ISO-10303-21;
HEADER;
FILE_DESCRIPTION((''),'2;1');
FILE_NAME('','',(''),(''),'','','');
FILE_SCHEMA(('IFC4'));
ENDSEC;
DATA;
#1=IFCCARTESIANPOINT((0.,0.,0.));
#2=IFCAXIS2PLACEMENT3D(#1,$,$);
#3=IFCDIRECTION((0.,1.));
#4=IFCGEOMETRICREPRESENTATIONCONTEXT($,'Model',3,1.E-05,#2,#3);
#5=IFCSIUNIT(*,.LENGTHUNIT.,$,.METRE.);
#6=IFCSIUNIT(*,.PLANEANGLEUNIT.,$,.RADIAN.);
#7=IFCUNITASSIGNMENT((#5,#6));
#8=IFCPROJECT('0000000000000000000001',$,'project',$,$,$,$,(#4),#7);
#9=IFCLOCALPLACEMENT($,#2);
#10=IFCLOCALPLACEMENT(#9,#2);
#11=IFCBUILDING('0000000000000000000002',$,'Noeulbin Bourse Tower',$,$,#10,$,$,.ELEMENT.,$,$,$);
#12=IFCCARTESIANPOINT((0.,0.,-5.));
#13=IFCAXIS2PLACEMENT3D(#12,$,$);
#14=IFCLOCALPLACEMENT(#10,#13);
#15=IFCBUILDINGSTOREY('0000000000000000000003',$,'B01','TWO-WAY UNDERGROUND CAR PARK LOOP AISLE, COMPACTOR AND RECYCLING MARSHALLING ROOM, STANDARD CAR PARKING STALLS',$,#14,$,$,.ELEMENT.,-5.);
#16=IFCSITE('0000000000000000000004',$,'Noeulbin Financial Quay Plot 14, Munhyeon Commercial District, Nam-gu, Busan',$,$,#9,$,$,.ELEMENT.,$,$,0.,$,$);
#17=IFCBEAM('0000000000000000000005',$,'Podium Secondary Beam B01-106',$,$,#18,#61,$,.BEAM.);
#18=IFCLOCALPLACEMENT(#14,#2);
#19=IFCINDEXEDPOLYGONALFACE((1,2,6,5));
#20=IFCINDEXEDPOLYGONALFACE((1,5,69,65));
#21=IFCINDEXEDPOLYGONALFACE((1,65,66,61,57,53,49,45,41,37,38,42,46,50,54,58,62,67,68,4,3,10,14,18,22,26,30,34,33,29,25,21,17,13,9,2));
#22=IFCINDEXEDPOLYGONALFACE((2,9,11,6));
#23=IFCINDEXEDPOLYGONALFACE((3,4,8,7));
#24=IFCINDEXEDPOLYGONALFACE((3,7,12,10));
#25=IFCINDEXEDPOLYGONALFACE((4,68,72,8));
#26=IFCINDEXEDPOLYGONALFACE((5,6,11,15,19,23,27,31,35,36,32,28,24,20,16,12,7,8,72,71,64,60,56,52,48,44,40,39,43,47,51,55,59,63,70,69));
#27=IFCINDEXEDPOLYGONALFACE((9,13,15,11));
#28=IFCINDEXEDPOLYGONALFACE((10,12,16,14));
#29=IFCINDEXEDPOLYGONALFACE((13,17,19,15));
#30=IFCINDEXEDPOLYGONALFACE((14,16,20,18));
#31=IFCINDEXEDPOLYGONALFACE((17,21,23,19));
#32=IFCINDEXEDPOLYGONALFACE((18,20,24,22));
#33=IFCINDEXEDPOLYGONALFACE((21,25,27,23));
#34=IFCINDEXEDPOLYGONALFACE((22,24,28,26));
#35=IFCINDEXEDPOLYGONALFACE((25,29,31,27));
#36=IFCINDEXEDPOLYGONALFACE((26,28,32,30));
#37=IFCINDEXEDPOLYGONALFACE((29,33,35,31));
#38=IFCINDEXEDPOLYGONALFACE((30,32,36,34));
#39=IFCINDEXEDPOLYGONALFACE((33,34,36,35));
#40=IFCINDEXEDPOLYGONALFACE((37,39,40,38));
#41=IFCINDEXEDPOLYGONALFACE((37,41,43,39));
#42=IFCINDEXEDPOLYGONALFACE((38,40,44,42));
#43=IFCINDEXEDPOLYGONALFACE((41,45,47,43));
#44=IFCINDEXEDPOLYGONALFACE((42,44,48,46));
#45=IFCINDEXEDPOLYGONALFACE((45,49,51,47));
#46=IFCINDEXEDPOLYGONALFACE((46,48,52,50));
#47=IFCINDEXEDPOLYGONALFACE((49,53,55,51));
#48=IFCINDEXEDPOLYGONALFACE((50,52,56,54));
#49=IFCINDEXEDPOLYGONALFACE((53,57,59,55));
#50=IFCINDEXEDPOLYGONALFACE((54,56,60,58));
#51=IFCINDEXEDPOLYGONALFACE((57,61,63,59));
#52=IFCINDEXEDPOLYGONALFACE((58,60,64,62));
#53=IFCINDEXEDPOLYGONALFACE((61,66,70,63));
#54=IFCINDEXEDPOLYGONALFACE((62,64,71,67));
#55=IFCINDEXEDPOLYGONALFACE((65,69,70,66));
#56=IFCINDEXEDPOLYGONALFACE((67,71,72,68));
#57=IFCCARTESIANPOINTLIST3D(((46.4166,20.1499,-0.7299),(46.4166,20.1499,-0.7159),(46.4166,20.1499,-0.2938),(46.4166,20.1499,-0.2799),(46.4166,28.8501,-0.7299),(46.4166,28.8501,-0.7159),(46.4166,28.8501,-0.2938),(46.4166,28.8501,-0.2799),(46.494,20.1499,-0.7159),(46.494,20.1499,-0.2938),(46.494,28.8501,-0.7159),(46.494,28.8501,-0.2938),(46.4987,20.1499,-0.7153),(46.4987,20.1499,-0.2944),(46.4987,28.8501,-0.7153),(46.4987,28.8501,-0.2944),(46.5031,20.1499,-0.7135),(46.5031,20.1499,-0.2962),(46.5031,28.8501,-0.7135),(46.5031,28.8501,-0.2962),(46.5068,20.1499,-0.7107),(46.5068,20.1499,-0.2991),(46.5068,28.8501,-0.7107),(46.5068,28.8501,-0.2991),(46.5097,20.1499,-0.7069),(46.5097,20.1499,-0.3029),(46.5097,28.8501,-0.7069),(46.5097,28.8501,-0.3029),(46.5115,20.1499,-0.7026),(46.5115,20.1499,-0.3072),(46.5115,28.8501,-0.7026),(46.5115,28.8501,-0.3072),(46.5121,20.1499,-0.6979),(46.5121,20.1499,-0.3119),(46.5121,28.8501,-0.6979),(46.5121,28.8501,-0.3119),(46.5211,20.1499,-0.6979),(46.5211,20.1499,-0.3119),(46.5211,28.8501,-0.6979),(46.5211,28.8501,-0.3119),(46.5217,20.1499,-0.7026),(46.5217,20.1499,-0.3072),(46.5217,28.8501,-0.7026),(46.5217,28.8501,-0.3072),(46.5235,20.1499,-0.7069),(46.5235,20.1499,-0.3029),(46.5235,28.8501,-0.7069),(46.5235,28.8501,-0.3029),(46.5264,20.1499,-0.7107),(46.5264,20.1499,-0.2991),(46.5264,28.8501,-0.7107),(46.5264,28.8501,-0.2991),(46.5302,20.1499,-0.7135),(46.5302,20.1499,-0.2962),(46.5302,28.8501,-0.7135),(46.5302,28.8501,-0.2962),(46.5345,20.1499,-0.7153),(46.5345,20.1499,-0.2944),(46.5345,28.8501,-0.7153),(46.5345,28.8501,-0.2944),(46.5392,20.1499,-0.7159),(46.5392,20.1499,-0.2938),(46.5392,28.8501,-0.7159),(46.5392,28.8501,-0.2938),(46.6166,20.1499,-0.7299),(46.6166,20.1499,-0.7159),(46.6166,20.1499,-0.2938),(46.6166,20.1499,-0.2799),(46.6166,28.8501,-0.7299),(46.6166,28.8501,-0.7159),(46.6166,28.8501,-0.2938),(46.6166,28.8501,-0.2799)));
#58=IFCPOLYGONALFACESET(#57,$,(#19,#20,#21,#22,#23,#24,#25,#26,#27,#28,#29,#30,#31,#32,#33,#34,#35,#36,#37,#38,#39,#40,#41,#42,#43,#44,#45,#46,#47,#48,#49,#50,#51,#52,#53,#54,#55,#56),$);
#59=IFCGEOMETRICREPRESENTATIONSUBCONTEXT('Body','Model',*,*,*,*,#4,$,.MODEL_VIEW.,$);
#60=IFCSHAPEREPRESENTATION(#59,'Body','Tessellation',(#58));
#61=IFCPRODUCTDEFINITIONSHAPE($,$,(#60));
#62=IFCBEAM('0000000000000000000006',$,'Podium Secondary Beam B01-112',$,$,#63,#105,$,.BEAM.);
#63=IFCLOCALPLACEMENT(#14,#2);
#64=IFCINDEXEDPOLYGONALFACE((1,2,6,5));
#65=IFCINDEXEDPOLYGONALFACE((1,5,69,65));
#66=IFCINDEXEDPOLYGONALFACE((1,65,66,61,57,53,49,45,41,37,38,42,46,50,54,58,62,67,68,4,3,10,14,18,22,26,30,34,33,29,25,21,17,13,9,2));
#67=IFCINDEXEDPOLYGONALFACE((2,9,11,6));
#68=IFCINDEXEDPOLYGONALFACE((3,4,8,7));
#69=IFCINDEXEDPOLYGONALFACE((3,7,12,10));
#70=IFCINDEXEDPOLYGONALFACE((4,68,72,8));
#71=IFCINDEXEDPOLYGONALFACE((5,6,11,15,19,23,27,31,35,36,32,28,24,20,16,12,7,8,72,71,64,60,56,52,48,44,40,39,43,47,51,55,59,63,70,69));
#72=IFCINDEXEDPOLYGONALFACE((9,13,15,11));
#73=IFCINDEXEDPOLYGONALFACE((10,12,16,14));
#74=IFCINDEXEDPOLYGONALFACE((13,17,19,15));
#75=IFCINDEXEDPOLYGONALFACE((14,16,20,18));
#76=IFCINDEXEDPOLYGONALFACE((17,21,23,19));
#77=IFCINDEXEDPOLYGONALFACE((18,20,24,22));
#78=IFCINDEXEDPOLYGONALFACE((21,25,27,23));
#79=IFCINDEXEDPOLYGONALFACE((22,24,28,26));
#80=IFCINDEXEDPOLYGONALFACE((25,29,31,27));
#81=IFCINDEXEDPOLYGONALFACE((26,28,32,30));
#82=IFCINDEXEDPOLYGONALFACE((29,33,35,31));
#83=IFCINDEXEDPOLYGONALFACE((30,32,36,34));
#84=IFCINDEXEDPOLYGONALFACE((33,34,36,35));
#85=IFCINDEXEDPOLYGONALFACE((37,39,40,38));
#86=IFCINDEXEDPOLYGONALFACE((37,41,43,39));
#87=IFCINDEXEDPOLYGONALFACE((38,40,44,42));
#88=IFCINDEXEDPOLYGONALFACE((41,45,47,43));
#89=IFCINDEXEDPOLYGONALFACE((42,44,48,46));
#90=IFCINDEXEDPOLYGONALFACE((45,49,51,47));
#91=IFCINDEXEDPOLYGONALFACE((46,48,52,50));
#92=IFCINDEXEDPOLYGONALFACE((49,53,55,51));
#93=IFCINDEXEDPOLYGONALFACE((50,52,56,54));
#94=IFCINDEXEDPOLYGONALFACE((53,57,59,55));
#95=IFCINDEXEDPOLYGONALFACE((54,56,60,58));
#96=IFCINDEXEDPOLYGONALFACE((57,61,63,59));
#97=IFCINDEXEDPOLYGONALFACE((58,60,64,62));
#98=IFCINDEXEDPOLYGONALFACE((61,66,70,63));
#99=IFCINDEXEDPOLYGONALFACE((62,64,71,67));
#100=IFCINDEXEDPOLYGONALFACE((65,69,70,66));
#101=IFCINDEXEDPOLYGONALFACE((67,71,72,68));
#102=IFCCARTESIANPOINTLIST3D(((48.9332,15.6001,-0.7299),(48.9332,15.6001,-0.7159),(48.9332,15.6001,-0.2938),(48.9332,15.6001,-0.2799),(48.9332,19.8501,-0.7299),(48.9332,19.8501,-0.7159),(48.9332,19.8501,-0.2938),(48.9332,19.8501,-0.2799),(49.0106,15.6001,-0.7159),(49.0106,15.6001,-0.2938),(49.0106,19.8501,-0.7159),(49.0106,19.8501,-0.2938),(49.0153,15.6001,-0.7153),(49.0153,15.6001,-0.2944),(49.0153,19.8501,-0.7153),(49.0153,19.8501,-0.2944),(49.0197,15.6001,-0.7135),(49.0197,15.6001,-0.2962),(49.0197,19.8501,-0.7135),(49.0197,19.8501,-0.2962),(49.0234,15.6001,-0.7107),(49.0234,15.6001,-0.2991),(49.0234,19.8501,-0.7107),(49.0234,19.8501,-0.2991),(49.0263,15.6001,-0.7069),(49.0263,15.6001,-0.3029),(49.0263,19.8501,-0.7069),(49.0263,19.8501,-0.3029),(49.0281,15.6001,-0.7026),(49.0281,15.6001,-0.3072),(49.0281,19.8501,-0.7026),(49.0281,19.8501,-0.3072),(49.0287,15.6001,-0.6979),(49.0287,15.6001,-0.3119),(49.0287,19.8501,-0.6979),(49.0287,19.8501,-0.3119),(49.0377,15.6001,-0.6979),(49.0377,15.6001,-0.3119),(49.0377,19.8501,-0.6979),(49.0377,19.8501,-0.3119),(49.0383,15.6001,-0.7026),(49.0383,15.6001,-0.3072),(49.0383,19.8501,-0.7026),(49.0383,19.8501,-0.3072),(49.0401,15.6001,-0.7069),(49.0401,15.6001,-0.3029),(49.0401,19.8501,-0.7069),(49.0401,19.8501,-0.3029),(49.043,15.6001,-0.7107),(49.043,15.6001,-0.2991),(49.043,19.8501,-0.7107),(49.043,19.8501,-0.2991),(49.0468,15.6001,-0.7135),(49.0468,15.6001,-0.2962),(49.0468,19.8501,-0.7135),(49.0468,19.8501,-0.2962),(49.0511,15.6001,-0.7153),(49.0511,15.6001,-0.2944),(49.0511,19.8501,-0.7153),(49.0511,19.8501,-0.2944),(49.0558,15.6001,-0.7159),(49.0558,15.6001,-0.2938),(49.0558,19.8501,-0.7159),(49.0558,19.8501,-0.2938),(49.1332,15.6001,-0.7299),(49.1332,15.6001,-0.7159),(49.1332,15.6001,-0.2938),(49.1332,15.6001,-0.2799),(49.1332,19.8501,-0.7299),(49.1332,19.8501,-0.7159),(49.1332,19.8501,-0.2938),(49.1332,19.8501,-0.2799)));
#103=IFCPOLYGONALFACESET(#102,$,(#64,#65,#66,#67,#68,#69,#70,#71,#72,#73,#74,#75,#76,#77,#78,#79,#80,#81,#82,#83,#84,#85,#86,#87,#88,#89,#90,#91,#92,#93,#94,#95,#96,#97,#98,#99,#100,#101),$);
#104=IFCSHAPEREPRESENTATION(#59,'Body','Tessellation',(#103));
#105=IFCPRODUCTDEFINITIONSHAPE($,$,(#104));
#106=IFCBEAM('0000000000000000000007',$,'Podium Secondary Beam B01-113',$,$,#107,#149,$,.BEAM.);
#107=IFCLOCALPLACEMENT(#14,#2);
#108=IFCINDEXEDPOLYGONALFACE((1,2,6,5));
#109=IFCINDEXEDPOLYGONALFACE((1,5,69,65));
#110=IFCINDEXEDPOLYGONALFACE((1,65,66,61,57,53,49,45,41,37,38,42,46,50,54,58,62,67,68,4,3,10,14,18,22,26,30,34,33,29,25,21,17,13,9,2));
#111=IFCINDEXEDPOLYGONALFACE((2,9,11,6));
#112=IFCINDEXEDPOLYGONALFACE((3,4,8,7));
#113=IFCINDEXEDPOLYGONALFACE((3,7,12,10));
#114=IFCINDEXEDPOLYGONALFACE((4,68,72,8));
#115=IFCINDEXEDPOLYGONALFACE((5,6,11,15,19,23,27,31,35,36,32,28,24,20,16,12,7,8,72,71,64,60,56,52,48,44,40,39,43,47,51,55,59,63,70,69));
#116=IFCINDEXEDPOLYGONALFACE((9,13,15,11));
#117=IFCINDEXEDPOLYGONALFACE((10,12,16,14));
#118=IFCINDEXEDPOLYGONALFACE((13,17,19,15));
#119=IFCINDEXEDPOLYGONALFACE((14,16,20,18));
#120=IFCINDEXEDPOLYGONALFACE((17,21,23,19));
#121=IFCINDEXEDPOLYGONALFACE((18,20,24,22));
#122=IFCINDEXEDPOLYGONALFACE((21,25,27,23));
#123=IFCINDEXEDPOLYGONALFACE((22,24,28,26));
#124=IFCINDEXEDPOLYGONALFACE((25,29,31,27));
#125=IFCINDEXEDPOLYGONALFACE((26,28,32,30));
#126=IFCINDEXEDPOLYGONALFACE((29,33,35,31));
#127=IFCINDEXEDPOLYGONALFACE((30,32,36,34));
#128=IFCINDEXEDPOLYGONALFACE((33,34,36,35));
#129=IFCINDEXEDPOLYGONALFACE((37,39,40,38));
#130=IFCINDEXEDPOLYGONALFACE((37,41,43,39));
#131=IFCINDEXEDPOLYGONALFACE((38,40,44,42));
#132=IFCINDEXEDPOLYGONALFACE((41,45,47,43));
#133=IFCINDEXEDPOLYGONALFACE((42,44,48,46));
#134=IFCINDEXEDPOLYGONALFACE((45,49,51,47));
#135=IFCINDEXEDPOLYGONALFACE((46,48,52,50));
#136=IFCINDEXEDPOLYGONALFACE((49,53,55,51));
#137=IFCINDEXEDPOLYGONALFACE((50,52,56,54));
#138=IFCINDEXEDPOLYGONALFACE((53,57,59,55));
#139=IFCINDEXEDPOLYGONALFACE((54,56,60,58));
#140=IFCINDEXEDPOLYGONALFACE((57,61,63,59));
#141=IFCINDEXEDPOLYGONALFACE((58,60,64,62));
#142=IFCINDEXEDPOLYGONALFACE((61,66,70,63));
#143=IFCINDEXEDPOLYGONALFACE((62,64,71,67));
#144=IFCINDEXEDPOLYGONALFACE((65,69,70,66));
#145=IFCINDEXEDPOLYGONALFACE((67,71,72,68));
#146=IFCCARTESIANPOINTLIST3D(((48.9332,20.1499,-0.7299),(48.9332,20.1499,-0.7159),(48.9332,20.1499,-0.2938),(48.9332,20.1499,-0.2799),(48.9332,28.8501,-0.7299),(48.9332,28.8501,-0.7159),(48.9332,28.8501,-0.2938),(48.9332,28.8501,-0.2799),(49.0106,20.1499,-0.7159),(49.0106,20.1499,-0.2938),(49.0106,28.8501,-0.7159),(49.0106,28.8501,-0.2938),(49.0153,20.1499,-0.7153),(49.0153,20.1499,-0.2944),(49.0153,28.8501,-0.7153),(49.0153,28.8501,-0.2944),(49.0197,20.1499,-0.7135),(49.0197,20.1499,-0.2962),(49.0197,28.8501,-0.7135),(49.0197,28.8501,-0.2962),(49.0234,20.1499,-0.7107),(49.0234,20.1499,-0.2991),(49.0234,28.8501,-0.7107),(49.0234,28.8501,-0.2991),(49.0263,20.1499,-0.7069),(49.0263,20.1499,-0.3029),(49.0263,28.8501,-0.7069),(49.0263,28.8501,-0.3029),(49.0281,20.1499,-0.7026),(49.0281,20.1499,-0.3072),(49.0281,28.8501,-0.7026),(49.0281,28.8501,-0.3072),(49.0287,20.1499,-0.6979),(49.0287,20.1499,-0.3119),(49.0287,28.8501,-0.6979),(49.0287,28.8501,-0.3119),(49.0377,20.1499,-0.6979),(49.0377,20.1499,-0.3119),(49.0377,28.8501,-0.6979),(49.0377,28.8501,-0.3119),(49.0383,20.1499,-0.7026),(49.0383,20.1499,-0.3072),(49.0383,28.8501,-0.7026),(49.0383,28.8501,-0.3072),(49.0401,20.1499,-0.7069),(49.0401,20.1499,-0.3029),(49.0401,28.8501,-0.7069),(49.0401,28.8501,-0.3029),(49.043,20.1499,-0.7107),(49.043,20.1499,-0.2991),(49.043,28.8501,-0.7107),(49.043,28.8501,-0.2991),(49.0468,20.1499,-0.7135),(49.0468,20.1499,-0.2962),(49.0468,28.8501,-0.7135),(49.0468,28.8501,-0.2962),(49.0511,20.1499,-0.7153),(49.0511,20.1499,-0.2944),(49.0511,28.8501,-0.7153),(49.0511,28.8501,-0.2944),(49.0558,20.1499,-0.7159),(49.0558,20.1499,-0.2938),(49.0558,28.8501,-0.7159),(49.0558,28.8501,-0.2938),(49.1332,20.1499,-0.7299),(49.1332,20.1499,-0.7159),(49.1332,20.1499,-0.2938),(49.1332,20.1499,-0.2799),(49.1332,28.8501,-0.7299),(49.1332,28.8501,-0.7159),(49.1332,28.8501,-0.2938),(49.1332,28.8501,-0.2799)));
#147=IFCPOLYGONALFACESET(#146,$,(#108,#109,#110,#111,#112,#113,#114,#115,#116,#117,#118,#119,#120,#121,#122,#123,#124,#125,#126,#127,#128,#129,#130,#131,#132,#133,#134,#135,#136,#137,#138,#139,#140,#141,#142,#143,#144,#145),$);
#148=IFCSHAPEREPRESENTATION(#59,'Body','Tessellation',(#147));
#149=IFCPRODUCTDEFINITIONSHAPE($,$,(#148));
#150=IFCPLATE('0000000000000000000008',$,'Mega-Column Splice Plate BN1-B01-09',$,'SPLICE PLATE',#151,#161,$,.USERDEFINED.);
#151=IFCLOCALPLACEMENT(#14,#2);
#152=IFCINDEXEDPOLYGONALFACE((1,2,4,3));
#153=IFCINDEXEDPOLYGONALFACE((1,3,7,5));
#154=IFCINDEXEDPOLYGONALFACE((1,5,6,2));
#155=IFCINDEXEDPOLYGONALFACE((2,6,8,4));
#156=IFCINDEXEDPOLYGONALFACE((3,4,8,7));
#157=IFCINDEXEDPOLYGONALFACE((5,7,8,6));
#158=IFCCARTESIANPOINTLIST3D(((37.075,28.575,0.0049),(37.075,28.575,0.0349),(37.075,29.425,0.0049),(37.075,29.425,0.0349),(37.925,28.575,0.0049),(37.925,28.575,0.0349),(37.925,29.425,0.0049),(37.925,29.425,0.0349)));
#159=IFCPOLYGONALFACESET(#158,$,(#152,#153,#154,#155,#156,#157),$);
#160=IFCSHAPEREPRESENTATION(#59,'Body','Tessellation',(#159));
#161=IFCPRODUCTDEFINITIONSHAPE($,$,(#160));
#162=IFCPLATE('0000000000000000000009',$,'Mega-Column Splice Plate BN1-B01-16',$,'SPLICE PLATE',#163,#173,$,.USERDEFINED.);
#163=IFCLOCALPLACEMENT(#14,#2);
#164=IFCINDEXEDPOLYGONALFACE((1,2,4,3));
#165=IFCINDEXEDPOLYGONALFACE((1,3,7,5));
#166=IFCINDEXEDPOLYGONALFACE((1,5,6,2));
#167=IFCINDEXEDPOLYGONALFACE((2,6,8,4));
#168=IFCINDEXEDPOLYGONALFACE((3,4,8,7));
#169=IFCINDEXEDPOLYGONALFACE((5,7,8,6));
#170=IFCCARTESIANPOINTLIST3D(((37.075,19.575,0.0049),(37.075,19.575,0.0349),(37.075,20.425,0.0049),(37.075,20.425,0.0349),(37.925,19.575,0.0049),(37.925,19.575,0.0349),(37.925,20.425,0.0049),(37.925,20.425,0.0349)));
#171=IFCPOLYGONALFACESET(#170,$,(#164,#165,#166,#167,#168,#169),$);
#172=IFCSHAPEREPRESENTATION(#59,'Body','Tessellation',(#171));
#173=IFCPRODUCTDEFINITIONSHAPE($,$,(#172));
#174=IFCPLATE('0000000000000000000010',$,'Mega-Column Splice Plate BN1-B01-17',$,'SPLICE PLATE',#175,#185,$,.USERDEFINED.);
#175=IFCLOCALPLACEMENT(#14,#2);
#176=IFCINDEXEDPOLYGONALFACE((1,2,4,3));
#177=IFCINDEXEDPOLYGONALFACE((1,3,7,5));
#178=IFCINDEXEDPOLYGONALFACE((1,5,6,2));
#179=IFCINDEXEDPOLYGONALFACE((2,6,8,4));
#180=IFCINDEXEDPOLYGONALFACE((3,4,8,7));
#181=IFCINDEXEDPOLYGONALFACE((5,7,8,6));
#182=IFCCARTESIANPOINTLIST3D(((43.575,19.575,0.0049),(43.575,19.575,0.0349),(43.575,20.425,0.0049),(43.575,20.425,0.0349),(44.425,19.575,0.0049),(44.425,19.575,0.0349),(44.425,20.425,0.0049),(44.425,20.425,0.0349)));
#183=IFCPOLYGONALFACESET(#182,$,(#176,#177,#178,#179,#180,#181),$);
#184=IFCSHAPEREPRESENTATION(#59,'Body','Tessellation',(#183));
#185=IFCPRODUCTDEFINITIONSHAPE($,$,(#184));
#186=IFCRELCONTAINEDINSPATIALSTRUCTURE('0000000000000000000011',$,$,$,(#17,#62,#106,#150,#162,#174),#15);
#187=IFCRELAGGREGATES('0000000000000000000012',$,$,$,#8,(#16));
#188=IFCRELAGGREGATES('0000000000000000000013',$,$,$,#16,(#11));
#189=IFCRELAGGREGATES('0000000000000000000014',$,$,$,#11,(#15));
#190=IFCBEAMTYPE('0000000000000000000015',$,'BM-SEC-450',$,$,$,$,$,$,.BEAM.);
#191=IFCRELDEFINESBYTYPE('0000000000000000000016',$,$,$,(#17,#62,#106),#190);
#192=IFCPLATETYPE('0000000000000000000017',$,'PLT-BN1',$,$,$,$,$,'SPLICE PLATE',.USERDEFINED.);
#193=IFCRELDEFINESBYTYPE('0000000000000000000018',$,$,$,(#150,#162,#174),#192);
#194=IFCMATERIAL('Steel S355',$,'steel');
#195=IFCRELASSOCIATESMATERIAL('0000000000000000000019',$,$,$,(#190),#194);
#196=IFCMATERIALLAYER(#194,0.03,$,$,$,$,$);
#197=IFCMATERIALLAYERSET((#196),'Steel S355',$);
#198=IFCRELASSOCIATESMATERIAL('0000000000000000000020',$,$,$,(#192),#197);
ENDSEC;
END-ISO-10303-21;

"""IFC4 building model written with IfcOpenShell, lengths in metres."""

from ifc_helpers import new_model, si_unit, direction, frame, origin, origin_2d, place, context, subcontext, project, spatial, rectangle, i_section, extrude, material, layer, layer_set, material_profile, profile_set, type_object, element, save


model = new_model("IFC4")

# Units and contexts
model_context = context("Model", 3, precision=1e-05, world=origin(), true_north=direction((0.0, 1.0)))
body_context = subcontext(model_context, "Body", "Model", "MODEL_VIEW")
ifc_project = project(units=[si_unit("LENGTHUNIT", "METRE"), si_unit("PLANEANGLEUNIT", "RADIAN")], contexts=[model_context])

# Site, building, storey
site_placement = place(None, origin())
site = spatial("IfcSite", under=ifc_project, at=site_placement, Name="Noeulbin Financial Quay Plot 14, Munhyeon Commercial District, Nam-gu, Busan", CompositionType="ELEMENT", RefElevation=0.0)
building_placement = place(site_placement, origin())
building = spatial("IfcBuilding", under=site, at=building_placement, Name="Noeulbin Bourse Tower", CompositionType="ELEMENT")
storey_placement = place(building_placement, frame((0.0, 0.0, -5.0)))
storey = spatial("IfcBuildingStorey", under=building, at=storey_placement, Name="B01", Description="TWO-WAY UNDERGROUND CAR PARK LOOP AISLE, COMPACTOR AND RECYCLING MARSHALLING ROOM, STANDARD CAR PARKING STALLS", CompositionType="ELEMENT", Elevation=-5.0)

# Beams
ifc_material_1 = material(Name="Steel S355", Category="steel")
ifc_material_profile_1 = material_profile(ifc_material_1, i_section(OverallWidth=0.2, OverallDepth=0.45, WebThickness=0.009, FlangeThickness=0.0139, FilletRadius=0.0181, at=origin_2d()), Name="H-450x200x9x14", Category="LoadBearing")
ifc_profile_set_1 = profile_set([ifc_material_profile_1], Name="Steel S355")
beam_type_1 = type_object("IfcBeamType", Name="BM-SEC-450", PredefinedType="BEAM", material=ifc_profile_set_1)
beam_1_placement = place(storey_placement, frame((46.5166, 20.1499, -0.5049), z_axis=(0.0, 1.0, 0.0), x_axis=(-1.0, 0.0, 0.0)))
element("IfcBeam", 1, at=beam_1_placement, inside=storey, type_object=beam_type_1, Name="Podium Secondary Beam B01-106", PredefinedType="BEAM", context=body_context, shape_type="SweptSolid", body=[
    extrude(i_section(OverallWidth=0.2, OverallDepth=0.45, WebThickness=0.009, FlangeThickness=0.0139, FilletRadius=0.0181, at=origin_2d()), origin(), (0.0, 0.0, 1.0), 8.7002),
])
beam_2_placement = place(storey_placement, frame((49.0332, 15.6001, -0.5049), z_axis=(0.0, 1.0, 0.0), x_axis=(-1.0, 0.0, 0.0)))
element("IfcBeam", 2, at=beam_2_placement, inside=storey, type_object=beam_type_1, Name="Podium Secondary Beam B01-112", PredefinedType="BEAM", context=body_context, shape_type="SweptSolid", body=[
    extrude(i_section(OverallWidth=0.2, OverallDepth=0.45, WebThickness=0.009, FlangeThickness=0.0139, FilletRadius=0.0181, at=origin_2d()), origin(), (0.0, 0.0, 1.0), 4.25),
])
beam_3_placement = place(storey_placement, frame((49.0332, 20.1499, -0.5049), z_axis=(0.0, 1.0, 0.0), x_axis=(-1.0, 0.0, 0.0)))
element("IfcBeam", 3, at=beam_3_placement, inside=storey, type_object=beam_type_1, Name="Podium Secondary Beam B01-113", PredefinedType="BEAM", context=body_context, shape_type="SweptSolid", body=[
    extrude(i_section(OverallWidth=0.2, OverallDepth=0.45, WebThickness=0.009, FlangeThickness=0.0139, FilletRadius=0.0181, at=origin_2d()), origin(), (0.0, 0.0, 1.0), 8.7002),
])

# Plates
ifc_layer_1 = layer(ifc_material_1, 0.03)
ifc_layer_set_1 = layer_set([ifc_layer_1], Name="Steel S355")
plate_type = type_object("IfcPlateType", Name="PLT-BN1", ElementType="SPLICE PLATE", PredefinedType="USERDEFINED", material=ifc_layer_set_1)
for number, where, z_axis, x_axis, name in (
    (4, (37.5, 29.0, 0.0049), (0.0, 0.0, 1.0), (1.0, 0.0, 0.0), "Mega-Column Splice Plate BN1-B01-09"),
    (5, (37.5, 20.0, 0.0049), (0.0, 0.0, 1.0), (1.0, 0.0, 0.0), "Mega-Column Splice Plate BN1-B01-16"),
    (6, (44.0, 20.0, 0.0049), (0.0, 0.0, 1.0), (1.0, 0.0, 0.0), "Mega-Column Splice Plate BN1-B01-17"),
):
    element("IfcPlate", number, at=place(storey_placement, frame(where, z_axis=z_axis, x_axis=x_axis)), inside=storey, type_object=plate_type, Name=name, ObjectType="SPLICE PLATE", PredefinedType="USERDEFINED", context=body_context, shape_type="SweptSolid", body=[
        extrude(rectangle(XDim=0.8501, YDim=0.8501, at=origin_2d()), origin(), (0.0, 0.0, 1.0), 0.03),
    ])

save(model, "model.ifc")
